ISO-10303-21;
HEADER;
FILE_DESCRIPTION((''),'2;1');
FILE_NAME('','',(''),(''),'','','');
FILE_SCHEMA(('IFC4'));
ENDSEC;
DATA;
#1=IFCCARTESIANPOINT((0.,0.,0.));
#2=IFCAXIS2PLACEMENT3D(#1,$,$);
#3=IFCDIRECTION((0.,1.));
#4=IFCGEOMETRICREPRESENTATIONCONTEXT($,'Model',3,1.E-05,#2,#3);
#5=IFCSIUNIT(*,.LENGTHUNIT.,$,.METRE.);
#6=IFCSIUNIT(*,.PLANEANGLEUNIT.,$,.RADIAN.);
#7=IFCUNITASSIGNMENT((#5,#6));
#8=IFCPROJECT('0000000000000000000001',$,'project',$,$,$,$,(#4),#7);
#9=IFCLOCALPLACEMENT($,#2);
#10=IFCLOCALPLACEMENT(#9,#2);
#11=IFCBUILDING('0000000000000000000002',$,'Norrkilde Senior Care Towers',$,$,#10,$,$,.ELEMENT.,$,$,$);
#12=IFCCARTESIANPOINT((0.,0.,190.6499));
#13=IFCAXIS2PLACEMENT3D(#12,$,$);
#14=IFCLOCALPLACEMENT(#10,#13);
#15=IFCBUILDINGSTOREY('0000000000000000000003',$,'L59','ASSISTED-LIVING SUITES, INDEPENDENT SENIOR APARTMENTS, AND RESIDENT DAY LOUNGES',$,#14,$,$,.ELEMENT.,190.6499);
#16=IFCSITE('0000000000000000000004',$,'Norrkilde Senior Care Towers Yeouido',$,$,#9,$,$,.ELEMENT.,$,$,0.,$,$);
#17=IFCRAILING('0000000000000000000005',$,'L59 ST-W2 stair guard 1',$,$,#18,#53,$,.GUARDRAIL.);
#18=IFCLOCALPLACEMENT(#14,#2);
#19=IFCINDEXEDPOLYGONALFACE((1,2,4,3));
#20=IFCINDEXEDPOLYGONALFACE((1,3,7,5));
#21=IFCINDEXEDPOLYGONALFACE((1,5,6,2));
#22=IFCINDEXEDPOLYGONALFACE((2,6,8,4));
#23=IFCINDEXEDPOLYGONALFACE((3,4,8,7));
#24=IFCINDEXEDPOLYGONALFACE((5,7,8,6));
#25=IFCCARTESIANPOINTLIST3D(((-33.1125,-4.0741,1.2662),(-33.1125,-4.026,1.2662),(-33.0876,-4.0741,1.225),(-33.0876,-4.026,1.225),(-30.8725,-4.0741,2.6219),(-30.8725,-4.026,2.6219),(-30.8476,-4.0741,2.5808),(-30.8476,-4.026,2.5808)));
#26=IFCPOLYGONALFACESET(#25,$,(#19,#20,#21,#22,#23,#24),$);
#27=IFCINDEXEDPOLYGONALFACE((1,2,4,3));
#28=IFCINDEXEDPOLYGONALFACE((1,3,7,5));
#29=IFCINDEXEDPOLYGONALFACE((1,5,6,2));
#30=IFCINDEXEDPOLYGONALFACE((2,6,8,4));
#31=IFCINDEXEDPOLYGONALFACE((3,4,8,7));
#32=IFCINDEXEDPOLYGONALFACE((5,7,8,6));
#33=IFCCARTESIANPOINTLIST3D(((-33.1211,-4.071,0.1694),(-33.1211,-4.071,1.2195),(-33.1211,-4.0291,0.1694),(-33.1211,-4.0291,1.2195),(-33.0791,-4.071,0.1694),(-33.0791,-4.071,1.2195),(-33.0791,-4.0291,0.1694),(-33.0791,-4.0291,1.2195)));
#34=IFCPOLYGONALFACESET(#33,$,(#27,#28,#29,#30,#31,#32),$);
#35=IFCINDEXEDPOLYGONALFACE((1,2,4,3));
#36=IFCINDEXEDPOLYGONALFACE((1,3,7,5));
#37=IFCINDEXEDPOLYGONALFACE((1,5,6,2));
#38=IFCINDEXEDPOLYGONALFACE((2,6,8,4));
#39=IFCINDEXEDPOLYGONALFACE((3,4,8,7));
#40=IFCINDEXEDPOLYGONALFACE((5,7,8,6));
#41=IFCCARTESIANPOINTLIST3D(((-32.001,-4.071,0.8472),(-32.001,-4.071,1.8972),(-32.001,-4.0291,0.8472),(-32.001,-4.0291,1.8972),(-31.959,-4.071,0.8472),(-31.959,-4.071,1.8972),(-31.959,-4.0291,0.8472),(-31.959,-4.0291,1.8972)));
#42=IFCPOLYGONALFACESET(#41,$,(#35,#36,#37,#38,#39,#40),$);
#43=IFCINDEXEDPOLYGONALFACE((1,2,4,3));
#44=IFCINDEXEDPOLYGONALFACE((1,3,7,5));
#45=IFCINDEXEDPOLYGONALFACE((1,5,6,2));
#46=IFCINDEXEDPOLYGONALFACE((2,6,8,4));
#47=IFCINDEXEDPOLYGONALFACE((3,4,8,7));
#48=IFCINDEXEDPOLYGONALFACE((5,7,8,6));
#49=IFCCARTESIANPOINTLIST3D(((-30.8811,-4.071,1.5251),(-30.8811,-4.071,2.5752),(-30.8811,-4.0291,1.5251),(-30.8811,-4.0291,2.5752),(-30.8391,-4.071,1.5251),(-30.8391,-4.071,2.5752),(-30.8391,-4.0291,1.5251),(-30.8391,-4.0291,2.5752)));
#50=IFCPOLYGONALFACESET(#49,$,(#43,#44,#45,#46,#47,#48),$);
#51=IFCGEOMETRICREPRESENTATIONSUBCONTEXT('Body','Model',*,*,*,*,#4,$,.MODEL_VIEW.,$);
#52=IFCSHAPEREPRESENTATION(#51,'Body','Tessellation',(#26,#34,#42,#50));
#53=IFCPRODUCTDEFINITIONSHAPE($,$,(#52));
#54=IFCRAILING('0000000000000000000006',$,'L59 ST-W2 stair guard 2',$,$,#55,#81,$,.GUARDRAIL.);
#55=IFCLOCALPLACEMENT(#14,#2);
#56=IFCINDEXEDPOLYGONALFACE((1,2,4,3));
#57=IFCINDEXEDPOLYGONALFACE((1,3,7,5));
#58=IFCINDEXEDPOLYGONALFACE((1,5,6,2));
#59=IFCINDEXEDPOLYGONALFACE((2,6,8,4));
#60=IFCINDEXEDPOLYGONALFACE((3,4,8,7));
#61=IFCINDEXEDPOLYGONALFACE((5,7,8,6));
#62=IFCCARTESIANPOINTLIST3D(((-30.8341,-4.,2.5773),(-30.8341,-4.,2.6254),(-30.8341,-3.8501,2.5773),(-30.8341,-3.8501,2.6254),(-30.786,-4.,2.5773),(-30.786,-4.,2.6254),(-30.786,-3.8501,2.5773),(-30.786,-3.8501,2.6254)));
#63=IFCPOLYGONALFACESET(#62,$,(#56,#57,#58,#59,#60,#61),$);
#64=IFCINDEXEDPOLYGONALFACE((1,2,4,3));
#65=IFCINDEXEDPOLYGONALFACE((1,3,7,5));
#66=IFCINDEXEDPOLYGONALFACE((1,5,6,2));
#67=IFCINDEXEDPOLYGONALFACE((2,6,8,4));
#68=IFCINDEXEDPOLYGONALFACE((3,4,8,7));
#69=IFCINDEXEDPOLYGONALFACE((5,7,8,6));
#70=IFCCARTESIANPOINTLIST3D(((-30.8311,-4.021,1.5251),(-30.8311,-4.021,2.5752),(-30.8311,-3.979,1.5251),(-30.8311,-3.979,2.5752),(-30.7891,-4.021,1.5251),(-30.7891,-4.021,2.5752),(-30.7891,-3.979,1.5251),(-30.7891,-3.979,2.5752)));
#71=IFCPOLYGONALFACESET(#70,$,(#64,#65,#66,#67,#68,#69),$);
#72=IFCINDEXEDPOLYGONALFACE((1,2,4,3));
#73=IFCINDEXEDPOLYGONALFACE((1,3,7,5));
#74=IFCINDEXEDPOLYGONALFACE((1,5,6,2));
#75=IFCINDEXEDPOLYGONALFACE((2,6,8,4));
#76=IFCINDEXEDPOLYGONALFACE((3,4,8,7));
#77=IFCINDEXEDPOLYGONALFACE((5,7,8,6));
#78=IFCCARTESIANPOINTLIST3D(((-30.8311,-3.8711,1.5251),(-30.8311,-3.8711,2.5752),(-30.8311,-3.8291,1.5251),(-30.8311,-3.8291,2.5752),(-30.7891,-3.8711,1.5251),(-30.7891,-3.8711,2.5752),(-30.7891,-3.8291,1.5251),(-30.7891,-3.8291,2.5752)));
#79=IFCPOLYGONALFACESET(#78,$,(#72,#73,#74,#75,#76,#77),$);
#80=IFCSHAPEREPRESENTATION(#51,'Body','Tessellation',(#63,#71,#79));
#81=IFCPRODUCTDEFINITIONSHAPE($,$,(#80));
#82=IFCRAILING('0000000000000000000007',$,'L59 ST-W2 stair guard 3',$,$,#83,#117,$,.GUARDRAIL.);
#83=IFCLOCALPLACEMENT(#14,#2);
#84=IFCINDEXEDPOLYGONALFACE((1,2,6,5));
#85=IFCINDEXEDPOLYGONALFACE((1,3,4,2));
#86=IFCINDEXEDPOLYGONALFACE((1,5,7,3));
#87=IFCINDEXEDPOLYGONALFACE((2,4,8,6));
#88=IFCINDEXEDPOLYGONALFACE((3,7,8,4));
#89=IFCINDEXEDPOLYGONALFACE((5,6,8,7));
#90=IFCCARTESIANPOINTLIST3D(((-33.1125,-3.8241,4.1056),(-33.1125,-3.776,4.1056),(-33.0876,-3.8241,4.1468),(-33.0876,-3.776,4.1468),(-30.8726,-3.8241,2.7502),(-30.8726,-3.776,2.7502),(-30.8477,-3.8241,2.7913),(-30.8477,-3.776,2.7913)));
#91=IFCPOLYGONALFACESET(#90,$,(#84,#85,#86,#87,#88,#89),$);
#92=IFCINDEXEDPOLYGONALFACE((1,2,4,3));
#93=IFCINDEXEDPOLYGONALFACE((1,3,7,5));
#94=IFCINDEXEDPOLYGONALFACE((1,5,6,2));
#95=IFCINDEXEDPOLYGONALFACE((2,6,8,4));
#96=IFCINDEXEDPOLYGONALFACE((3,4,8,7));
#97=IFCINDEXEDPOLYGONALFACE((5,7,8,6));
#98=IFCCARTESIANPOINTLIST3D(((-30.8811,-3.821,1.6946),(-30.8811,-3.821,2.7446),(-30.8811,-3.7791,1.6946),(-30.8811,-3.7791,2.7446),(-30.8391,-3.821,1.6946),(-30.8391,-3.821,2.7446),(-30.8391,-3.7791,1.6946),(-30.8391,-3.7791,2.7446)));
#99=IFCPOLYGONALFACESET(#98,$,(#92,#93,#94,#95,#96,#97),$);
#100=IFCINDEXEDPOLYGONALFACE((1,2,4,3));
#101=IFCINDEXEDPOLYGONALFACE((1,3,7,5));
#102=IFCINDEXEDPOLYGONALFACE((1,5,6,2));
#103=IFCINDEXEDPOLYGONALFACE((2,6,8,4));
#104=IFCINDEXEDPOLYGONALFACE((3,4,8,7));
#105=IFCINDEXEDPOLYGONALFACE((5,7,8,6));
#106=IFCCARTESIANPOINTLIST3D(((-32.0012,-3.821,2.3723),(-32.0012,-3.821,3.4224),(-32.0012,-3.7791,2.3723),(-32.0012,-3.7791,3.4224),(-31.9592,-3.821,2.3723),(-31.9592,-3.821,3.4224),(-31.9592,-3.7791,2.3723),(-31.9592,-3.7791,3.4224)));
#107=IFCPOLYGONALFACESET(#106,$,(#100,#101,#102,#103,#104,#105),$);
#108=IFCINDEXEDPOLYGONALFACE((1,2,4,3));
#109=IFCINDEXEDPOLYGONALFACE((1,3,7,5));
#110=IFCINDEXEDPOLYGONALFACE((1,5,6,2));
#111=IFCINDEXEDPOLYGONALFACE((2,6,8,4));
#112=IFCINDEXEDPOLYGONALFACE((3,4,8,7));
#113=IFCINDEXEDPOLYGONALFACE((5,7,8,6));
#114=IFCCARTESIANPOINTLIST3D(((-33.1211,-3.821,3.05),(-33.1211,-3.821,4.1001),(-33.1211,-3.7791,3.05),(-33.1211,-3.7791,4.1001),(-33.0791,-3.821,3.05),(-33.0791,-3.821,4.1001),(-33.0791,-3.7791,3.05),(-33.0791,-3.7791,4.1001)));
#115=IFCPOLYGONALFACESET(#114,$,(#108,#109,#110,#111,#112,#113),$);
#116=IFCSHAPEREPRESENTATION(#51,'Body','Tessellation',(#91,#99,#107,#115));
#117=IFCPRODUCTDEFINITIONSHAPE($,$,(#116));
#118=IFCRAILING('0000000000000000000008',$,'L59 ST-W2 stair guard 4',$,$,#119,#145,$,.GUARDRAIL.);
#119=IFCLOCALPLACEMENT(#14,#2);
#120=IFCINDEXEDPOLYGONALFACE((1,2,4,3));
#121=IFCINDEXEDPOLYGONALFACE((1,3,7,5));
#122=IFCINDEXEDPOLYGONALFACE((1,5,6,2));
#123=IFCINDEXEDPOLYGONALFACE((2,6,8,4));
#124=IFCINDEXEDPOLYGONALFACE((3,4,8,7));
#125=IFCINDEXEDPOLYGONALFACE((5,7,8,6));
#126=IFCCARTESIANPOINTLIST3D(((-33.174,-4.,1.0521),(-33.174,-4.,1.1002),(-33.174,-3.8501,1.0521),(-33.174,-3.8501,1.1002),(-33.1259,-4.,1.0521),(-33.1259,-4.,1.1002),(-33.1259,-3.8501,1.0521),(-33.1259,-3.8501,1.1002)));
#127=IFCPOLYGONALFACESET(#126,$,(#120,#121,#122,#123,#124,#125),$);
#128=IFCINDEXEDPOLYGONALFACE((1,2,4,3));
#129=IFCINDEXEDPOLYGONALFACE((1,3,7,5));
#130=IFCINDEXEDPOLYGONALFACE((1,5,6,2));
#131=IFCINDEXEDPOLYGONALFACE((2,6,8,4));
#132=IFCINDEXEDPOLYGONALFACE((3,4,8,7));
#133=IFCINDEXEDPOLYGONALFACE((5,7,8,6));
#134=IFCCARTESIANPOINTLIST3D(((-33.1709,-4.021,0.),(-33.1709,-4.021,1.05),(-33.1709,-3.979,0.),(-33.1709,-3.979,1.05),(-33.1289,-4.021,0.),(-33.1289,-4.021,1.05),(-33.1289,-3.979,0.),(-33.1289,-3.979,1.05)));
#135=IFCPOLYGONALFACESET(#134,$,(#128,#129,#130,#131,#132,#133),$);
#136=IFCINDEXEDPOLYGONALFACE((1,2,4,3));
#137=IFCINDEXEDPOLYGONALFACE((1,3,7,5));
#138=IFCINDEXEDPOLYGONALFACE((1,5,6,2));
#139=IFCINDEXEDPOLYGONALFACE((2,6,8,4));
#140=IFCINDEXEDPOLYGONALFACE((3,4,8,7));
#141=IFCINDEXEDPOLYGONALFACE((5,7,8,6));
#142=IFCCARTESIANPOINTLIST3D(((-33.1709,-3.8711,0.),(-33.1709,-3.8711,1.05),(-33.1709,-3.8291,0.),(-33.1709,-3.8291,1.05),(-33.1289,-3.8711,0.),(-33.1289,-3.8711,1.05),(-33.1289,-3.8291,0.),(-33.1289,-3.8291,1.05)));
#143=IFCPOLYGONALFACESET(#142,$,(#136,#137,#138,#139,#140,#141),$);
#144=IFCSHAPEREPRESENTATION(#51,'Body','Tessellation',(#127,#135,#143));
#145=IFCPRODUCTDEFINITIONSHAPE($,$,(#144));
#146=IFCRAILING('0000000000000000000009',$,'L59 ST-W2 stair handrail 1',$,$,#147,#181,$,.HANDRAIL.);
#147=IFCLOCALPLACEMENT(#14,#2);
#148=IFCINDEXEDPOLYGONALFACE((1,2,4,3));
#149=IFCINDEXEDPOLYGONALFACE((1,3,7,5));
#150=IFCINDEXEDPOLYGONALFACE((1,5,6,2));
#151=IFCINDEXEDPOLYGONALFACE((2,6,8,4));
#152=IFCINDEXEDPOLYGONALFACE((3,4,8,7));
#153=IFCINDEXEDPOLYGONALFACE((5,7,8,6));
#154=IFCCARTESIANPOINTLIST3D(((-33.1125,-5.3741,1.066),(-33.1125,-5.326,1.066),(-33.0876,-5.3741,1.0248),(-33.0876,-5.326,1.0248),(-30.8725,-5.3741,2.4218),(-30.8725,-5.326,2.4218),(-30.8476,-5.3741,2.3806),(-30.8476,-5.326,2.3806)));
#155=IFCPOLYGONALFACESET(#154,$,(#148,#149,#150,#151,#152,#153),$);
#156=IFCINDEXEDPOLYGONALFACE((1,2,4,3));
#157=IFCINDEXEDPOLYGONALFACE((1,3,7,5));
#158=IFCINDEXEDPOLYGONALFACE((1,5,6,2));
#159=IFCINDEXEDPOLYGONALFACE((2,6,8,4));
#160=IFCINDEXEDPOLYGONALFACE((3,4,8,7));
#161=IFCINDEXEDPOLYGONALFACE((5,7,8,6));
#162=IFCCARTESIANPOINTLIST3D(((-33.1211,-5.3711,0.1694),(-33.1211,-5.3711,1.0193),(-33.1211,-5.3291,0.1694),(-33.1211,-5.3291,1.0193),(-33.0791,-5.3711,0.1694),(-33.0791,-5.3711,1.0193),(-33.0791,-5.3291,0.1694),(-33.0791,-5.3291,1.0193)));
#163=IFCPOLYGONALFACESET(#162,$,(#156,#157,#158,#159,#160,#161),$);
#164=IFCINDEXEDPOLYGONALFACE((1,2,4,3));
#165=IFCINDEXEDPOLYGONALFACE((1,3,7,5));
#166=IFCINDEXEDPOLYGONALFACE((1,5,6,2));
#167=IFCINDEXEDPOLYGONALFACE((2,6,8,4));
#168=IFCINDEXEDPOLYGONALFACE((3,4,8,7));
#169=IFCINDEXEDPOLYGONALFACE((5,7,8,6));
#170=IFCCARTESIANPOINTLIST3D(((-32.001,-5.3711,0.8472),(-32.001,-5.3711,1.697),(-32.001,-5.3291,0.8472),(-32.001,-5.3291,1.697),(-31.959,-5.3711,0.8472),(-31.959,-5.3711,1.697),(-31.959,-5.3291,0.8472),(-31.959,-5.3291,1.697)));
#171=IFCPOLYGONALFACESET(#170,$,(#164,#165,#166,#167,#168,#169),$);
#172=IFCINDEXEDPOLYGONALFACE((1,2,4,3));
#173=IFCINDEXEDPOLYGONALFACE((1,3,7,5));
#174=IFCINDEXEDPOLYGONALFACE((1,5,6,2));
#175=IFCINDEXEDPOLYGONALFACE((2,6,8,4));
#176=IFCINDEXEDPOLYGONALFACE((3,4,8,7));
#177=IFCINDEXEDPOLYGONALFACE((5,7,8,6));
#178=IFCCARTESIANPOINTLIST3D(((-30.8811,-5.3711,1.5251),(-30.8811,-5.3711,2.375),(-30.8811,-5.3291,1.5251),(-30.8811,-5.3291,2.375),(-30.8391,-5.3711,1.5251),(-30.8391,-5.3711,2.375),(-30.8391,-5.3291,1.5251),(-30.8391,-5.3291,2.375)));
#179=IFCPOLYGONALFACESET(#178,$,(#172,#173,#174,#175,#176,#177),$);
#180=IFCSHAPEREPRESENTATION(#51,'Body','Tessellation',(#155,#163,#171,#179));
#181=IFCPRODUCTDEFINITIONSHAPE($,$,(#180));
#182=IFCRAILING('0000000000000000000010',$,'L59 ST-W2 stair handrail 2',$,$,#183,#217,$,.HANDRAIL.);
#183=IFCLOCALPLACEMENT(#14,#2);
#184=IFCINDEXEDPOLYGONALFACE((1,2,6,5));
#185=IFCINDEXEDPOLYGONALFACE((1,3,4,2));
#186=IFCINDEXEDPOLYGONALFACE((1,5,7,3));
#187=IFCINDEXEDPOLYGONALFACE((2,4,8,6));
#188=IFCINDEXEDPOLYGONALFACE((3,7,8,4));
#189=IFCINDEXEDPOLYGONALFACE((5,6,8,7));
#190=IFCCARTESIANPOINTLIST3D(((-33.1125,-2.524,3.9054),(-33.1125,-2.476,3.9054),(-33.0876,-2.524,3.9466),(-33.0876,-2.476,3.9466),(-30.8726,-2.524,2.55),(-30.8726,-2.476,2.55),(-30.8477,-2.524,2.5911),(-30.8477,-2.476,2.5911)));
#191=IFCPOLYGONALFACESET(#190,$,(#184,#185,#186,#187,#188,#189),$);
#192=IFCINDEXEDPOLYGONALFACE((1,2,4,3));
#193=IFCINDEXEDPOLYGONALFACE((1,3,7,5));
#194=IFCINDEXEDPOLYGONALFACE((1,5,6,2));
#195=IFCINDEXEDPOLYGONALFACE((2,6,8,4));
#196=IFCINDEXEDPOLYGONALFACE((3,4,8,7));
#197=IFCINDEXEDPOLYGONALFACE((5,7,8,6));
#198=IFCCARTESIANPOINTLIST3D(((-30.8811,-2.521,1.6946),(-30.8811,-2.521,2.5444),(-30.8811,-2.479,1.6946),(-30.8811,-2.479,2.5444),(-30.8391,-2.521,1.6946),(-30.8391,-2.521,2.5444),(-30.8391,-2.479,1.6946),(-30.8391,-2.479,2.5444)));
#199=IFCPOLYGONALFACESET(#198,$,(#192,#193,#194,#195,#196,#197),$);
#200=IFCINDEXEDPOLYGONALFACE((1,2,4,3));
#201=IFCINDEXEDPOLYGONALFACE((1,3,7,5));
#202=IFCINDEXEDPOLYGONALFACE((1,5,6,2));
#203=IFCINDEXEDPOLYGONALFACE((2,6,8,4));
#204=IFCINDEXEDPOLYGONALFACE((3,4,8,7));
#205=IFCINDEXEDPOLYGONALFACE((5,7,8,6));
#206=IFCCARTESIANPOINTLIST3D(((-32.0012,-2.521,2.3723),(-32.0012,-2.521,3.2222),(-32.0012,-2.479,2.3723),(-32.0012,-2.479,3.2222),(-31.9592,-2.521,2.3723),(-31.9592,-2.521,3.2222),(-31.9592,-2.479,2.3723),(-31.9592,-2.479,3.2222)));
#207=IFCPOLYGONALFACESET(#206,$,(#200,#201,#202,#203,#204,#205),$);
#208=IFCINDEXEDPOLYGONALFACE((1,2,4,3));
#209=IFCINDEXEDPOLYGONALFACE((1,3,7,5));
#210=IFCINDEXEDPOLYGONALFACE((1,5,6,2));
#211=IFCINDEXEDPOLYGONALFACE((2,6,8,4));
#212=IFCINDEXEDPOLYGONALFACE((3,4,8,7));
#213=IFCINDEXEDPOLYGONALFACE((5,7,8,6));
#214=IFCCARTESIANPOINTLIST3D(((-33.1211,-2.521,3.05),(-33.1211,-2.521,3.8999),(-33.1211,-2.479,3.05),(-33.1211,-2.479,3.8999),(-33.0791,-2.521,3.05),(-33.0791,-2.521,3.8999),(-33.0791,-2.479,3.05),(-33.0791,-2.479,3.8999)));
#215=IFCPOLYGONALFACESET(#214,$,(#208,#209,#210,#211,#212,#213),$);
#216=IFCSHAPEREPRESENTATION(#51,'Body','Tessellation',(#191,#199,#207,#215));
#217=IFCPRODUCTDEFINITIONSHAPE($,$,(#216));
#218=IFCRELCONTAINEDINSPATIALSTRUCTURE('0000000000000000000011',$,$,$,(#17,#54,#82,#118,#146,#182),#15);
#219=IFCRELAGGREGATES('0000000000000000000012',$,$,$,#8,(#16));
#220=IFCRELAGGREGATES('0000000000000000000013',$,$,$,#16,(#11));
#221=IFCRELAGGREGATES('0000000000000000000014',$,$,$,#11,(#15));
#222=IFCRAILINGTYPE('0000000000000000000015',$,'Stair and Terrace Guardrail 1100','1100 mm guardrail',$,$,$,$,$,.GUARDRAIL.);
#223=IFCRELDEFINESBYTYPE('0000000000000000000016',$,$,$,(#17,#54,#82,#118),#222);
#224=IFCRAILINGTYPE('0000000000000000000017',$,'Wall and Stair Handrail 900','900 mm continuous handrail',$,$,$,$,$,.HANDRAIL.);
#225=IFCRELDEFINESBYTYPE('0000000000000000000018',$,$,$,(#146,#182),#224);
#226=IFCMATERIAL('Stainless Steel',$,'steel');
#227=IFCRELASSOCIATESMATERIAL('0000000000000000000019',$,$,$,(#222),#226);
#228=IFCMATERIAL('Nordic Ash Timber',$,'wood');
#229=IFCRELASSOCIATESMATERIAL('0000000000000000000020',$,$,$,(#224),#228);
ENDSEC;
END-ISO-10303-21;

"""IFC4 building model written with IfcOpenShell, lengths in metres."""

from ifc_helpers import new_model, si_unit, direction, frame, origin, origin_2d, place, context, subcontext, project, spatial, rectangle, extrude, material, type_object, element, save


model = new_model("IFC4")

# Units and contexts
model_context = context("Model", 3, precision=1e-05, world=origin(), true_north=direction((0.0, 1.0)))
body_context = subcontext(model_context, "Body", "Model", "MODEL_VIEW")
ifc_project = project(units=[si_unit("LENGTHUNIT", "METRE"), si_unit("PLANEANGLEUNIT", "RADIAN")], contexts=[model_context])

# Site, building, storey
site_placement = place(None, origin())
site = spatial("IfcSite", under=ifc_project, at=site_placement, Name="Norrkilde Senior Care Towers Yeouido", CompositionType="ELEMENT", RefElevation=0.0)
building_placement = place(site_placement, origin())
building = spatial("IfcBuilding", under=site, at=building_placement, Name="Norrkilde Senior Care Towers", CompositionType="ELEMENT")
storey_placement = place(building_placement, frame((0.0, 0.0, 190.6499)))
storey = spatial("IfcBuildingStorey", under=building, at=storey_placement, Name="L59", Description="ASSISTED-LIVING SUITES, INDEPENDENT SENIOR APARTMENTS, AND RESIDENT DAY LOUNGES", CompositionType="ELEMENT", Elevation=190.6499)

# Shared definitions
ifc_material_1 = material(Name="Nordic Ash Timber", Category="wood")

# Railings
ifc_material_2 = material(Name="Stainless Steel", Category="steel")
railing_type_1 = type_object("IfcRailingType", Name="Stair and Terrace Guardrail 1100", Description="1100 mm guardrail", PredefinedType="GUARDRAIL", material=ifc_material_2)
railing_1_placement = place(storey_placement, frame((-33.1001, -4.05, 0.1694)))
element("IfcRailing", 1, at=railing_1_placement, inside=storey, type_object=railing_type_1, Name="L59 ST-W2 stair guard 1", PredefinedType="GUARDRAIL", context=body_context, shape_type="SweptSolid", body=[
    extrude(rectangle(XDim=0.0481, YDim=0.0481, at=origin_2d()), frame((0.0, 0.0, 1.0762), z_axis=(0.855512, 0.0, 0.517783), x_axis=(0.0, 1.0, 0.0)), (0.0, 0.0, 1.0), 2.6184),
    extrude(rectangle(XDim=0.042, YDim=0.042, at=origin_2d()), origin(), (0.0, 0.0, 1.0), 1.05),
    extrude(rectangle(XDim=0.042, YDim=0.042, at=origin_2d()), frame((1.1201, 0.0, 0.6777)), (0.0, 0.0, 1.0), 1.05),
    extrude(rectangle(XDim=0.042, YDim=0.042, at=origin_2d()), frame((2.24, 0.0, 1.3557)), (0.0, 0.0, 1.0), 1.05),
])
railing_2_placement = place(storey_placement, frame((-30.8101, -4.0, 1.5251)))
element("IfcRailing", 2, at=railing_2_placement, inside=storey, type_object=railing_type_1, Name="L59 ST-W2 stair guard 2", PredefinedType="GUARDRAIL", context=body_context, shape_type="SweptSolid", body=[
    extrude(rectangle(XDim=0.0481, YDim=0.0481, at=origin_2d()), frame((0.0, 0.0, 1.0762), z_axis=(0.0, 1.0, 0.0), x_axis=(-1.0, 0.0, 0.0)), (0.0, 0.0, 1.0), 0.1499),
    extrude(rectangle(XDim=0.042, YDim=0.042, at=origin_2d()), origin(), (0.0, 0.0, 1.0), 1.05),
    extrude(rectangle(XDim=0.042, YDim=0.042, at=origin_2d()), frame((0.0, 0.1499, 0.0)), (0.0, 0.0, 1.0), 1.05),
])
railing_3_placement = place(storey_placement, frame((-30.8601, -3.8, 1.6946)))
element("IfcRailing", 3, at=railing_3_placement, inside=storey, type_object=railing_type_1, Name="L59 ST-W2 stair guard 3", PredefinedType="GUARDRAIL", context=body_context, shape_type="SweptSolid", body=[
    extrude(rectangle(XDim=0.0481, YDim=0.0481, at=origin_2d()), frame((0.0, 0.0, 1.0762), z_axis=(-0.855553, 0.0, 0.517715), x_axis=(0.0, -1.0, 0.0)), (0.0, 0.0, 1.0), 2.6182),
    extrude(rectangle(XDim=0.042, YDim=0.042, at=origin_2d()), origin(), (0.0, 0.0, 1.0), 1.05),
    extrude(rectangle(XDim=0.042, YDim=0.042, at=origin_2d()), frame((-1.1201, 0.0, 0.6777)), (0.0, 0.0, 1.0), 1.05),
    extrude(rectangle(XDim=0.042, YDim=0.042, at=origin_2d()), frame((-2.24, 0.0, 1.3555)), (0.0, 0.0, 1.0), 1.05),
])
railing_4_placement = place(storey_placement, frame((-33.1499, -4.0, 0.0)))
element("IfcRailing", 4, at=railing_4_placement, inside=storey, type_object=railing_type_1, Name="L59 ST-W2 stair guard 4", PredefinedType="GUARDRAIL", context=body_context, shape_type="SweptSolid", body=[
    extrude(rectangle(XDim=0.0481, YDim=0.0481, at=origin_2d()), frame((0.0, 0.0, 1.0762), z_axis=(0.0, 1.0, 0.0), x_axis=(-1.0, 0.0, 0.0)), (0.0, 0.0, 1.0), 0.1499),
    extrude(rectangle(XDim=0.042, YDim=0.042, at=origin_2d()), origin(), (0.0, 0.0, 1.0), 1.05),
    extrude(rectangle(XDim=0.042, YDim=0.042, at=origin_2d()), frame((0.0, 0.1499, 0.0)), (0.0, 0.0, 1.0), 1.05),
])
railing_type_2 = type_object("IfcRailingType", Name="Wall and Stair Handrail 900", Description="900 mm continuous handrail", PredefinedType="HANDRAIL", material=ifc_material_1)
railing_5_placement = place(storey_placement, frame((-33.1001, -5.3501, 0.1694)))
element("IfcRailing", 5, at=railing_5_placement, inside=storey, type_object=railing_type_2, Name="L59 ST-W2 stair handrail 1", PredefinedType="HANDRAIL", context=body_context, shape_type="SweptSolid", body=[
    extrude(rectangle(XDim=0.0481, YDim=0.0481, at=origin_2d()), frame((0.0, 0.0, 0.876), z_axis=(0.855512, 0.0, 0.517783), x_axis=(0.0, 1.0, 0.0)), (0.0, 0.0, 1.0), 2.6184),
    extrude(rectangle(XDim=0.042, YDim=0.042, at=origin_2d()), origin(), (0.0, 0.0, 1.0), 0.8499),
    extrude(rectangle(XDim=0.042, YDim=0.042, at=origin_2d()), frame((1.1201, 0.0, 0.6777)), (0.0, 0.0, 1.0), 0.8499),
    extrude(rectangle(XDim=0.042, YDim=0.042, at=origin_2d()), frame((2.24, 0.0, 1.3557)), (0.0, 0.0, 1.0), 0.8499),
])
railing_6_placement = place(storey_placement, frame((-30.8601, -2.5, 1.6946)))
element("IfcRailing", 6, at=railing_6_placement, inside=storey, type_object=railing_type_2, Name="L59 ST-W2 stair handrail 2", PredefinedType="HANDRAIL", context=body_context, shape_type="SweptSolid", body=[
    extrude(rectangle(XDim=0.0481, YDim=0.0481, at=origin_2d()), frame((0.0, 0.0, 0.876), z_axis=(-0.855553, 0.0, 0.517715), x_axis=(0.0, -1.0, 0.0)), (0.0, 0.0, 1.0), 2.6182),
    extrude(rectangle(XDim=0.042, YDim=0.042, at=origin_2d()), origin(), (0.0, 0.0, 1.0), 0.8499),
    extrude(rectangle(XDim=0.042, YDim=0.042, at=origin_2d()), frame((-1.1201, 0.0, 0.6777)), (0.0, 0.0, 1.0), 0.8499),
    extrude(rectangle(XDim=0.042, YDim=0.042, at=origin_2d()), frame((-2.24, 0.0, 1.3555)), (0.0, 0.0, 1.0), 0.8499),
])

save(model, "model.ifc")
